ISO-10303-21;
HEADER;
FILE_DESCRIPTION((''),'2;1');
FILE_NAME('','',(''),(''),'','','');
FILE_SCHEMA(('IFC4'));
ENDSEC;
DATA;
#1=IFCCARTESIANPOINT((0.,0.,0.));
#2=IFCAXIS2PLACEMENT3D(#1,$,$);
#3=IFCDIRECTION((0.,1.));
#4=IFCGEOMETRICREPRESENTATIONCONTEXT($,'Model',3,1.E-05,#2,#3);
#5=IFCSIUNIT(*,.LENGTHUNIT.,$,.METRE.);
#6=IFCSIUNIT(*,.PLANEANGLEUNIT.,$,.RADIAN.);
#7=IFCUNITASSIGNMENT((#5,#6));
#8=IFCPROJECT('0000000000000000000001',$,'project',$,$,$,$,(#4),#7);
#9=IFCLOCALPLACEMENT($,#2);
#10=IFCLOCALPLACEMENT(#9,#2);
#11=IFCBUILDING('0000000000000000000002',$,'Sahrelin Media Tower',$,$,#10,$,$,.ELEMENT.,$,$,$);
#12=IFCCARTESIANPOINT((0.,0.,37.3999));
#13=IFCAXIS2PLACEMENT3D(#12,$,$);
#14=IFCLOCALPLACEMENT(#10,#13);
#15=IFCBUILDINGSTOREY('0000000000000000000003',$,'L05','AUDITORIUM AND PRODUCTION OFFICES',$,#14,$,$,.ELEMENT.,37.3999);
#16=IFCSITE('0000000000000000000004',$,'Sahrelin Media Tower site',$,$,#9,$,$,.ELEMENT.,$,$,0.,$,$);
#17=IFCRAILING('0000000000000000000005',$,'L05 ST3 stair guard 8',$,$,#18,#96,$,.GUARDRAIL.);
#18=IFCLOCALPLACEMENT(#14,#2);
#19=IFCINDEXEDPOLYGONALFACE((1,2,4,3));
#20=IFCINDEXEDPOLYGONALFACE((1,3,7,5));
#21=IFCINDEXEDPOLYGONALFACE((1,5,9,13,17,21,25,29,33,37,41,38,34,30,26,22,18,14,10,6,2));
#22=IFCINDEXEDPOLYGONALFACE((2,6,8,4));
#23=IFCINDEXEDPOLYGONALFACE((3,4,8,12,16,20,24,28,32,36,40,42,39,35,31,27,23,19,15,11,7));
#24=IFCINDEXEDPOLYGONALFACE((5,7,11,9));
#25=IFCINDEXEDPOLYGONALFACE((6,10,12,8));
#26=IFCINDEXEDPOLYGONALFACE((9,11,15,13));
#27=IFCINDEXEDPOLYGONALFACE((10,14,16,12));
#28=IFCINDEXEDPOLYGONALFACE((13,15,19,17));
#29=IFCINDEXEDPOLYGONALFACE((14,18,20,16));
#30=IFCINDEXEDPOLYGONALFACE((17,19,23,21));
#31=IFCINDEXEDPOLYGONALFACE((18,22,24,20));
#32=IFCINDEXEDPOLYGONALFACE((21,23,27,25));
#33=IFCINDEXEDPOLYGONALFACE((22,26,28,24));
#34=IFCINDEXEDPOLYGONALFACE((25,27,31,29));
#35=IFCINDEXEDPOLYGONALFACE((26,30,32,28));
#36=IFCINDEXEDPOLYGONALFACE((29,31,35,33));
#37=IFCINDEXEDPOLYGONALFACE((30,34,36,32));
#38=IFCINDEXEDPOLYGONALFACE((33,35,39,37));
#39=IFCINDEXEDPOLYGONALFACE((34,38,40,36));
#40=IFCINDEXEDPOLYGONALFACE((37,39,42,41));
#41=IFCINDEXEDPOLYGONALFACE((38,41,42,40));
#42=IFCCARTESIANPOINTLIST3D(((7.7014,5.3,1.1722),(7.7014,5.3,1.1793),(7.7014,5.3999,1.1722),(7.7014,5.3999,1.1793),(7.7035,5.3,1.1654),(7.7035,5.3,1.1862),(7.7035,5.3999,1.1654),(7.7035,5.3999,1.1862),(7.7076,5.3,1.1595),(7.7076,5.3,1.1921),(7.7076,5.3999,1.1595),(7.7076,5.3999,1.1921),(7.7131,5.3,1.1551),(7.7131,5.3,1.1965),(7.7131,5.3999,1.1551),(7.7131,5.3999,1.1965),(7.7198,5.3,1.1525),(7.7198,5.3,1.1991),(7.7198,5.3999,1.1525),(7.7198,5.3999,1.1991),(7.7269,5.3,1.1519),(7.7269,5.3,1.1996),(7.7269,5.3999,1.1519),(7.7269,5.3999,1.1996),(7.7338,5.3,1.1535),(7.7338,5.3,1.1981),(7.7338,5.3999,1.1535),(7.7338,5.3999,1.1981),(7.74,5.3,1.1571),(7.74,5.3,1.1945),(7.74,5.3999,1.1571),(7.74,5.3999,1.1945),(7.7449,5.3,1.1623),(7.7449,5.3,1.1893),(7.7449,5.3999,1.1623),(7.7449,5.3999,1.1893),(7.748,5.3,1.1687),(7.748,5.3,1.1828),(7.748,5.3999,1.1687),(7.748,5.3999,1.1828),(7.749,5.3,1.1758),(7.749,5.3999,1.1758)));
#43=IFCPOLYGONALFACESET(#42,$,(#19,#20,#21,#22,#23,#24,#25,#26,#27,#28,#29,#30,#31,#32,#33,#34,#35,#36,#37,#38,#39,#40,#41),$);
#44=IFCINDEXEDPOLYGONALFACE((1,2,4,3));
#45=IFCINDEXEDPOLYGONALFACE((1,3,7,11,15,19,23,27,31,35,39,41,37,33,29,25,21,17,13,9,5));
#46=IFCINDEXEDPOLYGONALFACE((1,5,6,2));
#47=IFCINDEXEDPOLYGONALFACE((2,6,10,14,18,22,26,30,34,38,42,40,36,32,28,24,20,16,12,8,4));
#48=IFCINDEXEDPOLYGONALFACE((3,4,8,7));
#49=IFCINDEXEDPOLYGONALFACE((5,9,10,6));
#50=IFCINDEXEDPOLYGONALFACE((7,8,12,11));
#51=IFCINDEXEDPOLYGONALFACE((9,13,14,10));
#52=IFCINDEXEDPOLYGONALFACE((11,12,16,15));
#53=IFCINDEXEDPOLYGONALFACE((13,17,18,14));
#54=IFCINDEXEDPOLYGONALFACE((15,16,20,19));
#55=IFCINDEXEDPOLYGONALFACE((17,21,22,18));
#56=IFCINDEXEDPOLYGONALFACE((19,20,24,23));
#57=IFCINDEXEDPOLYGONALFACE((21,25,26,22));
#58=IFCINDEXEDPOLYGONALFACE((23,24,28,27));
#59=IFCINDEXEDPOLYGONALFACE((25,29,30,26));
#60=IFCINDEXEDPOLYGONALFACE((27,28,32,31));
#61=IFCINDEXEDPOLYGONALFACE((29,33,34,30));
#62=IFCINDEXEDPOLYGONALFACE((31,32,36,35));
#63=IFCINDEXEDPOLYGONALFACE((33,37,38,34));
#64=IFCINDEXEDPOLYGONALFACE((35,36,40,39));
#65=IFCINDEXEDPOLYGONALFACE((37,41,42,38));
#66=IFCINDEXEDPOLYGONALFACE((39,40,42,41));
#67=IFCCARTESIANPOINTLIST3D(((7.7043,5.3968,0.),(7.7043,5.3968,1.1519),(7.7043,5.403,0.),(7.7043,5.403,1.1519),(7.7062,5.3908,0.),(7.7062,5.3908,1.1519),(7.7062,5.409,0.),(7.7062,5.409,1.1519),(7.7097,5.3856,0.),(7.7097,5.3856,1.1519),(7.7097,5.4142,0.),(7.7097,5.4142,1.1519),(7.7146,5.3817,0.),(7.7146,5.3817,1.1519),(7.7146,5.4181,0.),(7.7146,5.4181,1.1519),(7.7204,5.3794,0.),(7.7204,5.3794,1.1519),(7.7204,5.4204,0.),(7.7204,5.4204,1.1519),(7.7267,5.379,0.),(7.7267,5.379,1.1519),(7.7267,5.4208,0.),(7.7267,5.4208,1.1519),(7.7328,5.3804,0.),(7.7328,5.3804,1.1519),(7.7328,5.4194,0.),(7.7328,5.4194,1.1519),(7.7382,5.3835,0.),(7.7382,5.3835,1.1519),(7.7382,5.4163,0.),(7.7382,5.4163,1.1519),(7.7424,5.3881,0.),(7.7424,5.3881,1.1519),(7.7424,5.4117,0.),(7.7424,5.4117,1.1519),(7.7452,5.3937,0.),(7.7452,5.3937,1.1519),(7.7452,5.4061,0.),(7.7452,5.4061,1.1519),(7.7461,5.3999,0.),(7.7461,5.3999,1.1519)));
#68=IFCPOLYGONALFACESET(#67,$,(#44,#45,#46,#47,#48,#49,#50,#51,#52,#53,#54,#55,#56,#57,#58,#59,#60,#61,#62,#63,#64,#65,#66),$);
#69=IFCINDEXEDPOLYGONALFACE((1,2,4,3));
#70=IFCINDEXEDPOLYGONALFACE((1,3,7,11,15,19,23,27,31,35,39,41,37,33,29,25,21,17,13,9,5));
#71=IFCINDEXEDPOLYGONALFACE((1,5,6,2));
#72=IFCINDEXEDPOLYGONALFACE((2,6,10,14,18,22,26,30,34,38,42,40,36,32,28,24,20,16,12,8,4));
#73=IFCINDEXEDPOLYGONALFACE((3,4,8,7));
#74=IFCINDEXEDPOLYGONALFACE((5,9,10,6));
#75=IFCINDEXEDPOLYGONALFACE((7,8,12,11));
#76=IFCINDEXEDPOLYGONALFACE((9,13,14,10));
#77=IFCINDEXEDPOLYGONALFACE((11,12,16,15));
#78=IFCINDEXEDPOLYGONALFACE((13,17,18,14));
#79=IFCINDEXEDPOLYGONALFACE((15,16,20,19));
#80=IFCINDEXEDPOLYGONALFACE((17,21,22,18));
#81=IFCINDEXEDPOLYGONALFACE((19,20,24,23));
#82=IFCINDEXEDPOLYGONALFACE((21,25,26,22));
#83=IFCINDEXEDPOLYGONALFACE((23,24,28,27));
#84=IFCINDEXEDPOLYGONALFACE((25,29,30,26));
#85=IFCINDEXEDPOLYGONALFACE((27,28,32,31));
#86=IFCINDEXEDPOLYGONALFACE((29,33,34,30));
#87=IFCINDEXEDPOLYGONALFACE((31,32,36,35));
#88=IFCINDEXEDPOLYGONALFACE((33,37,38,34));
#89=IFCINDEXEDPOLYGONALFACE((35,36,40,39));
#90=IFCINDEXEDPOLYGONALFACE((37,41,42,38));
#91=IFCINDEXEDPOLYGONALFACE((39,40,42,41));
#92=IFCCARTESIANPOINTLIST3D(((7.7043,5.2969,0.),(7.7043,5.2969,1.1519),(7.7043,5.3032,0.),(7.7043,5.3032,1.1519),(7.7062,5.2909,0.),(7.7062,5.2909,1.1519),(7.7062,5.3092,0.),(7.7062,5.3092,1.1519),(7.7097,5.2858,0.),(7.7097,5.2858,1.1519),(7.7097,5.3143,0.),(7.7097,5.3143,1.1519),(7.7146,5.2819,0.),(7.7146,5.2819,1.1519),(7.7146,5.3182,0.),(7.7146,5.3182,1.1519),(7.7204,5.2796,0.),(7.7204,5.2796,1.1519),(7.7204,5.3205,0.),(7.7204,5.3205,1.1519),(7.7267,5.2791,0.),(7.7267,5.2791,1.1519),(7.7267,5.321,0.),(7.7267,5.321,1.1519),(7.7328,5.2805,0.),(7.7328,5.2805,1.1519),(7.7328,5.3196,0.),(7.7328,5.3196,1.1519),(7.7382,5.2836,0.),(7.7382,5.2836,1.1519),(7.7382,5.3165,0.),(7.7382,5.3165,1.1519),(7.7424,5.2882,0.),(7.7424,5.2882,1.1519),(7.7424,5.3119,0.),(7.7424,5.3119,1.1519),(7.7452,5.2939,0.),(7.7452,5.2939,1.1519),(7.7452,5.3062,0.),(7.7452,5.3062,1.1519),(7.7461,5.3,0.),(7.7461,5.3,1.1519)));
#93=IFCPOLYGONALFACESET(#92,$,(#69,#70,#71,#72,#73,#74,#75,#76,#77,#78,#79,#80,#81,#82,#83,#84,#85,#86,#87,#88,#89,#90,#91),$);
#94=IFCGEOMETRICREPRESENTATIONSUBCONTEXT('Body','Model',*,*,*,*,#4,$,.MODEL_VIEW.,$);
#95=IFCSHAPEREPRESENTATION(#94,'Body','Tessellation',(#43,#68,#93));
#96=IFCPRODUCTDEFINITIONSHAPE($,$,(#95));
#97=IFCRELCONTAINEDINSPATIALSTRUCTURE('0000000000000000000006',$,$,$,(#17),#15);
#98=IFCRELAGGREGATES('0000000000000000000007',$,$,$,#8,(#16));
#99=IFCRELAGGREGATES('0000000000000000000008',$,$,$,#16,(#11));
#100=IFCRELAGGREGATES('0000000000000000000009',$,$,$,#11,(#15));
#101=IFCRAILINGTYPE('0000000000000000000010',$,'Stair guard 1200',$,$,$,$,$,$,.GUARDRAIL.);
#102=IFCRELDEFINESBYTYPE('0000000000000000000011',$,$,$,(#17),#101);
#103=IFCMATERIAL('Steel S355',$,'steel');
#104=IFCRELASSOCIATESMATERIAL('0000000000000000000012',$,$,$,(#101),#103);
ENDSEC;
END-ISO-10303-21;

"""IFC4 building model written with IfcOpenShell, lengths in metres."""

from ifc_helpers import new_model, si_unit, direction, frame, origin, origin_2d, place, context, subcontext, project, spatial, circle, extrude, material, type_object, element, save


model = new_model("IFC4")

# Units and contexts
model_context = context("Model", 3, precision=1e-05, world=origin(), true_north=direction((0.0, 1.0)))
body_context = subcontext(model_context, "Body", "Model", "MODEL_VIEW")
ifc_project = project(units=[si_unit("LENGTHUNIT", "METRE"), si_unit("PLANEANGLEUNIT", "RADIAN")], contexts=[model_context])

# Site, building, storey
site_placement = place(None, origin())
site = spatial("IfcSite", under=ifc_project, at=site_placement, Name="Sahrelin Media Tower site", CompositionType="ELEMENT", RefElevation=0.0)
building_placement = place(site_placement, origin())
building = spatial("IfcBuilding", under=site, at=building_placement, Name="Sahrelin Media Tower", CompositionType="ELEMENT")
storey_placement = place(building_placement, frame((0.0, 0.0, 37.3999)))
storey = spatial("IfcBuildingStorey", under=building, at=storey_placement, Name="L05", Description="AUDITORIUM AND PRODUCTION OFFICES", CompositionType="ELEMENT", Elevation=37.3999)

# Shared definitions
ifc_material_1 = material(Name="Steel S355", Category="steel")

# Railing
railing_type_1 = type_object("IfcRailingType", Name="Stair guard 1200", PredefinedType="GUARDRAIL", material=ifc_material_1)
railing_1_placement = place(storey_placement, frame((7.7251, 5.3999, 0.0)))
element("IfcRailing", 1, at=railing_1_placement, inside=storey, type_object=railing_type_1, Name="L05 ST3 stair guard 8", PredefinedType="GUARDRAIL", context=body_context, shape_type="SweptSolid", body=[
    extrude(circle(Radius=0.0239, at=origin_2d()), frame((0.0, 0.0, 1.1758), z_axis=(0.0, -1.0, 0.0), x_axis=(1.0, 0.0, 0.0)), (0.0, 0.0, 1.0), 0.0999),
    extrude(circle(Radius=0.021, at=origin_2d()), origin(), (0.0, 0.0, 1.0), 1.1519),
    extrude(circle(Radius=0.021, at=origin_2d()), frame((0.0, -0.0999, 0.0)), (0.0, 0.0, 1.0), 1.1519),
])

save(model, "model.ifc")
